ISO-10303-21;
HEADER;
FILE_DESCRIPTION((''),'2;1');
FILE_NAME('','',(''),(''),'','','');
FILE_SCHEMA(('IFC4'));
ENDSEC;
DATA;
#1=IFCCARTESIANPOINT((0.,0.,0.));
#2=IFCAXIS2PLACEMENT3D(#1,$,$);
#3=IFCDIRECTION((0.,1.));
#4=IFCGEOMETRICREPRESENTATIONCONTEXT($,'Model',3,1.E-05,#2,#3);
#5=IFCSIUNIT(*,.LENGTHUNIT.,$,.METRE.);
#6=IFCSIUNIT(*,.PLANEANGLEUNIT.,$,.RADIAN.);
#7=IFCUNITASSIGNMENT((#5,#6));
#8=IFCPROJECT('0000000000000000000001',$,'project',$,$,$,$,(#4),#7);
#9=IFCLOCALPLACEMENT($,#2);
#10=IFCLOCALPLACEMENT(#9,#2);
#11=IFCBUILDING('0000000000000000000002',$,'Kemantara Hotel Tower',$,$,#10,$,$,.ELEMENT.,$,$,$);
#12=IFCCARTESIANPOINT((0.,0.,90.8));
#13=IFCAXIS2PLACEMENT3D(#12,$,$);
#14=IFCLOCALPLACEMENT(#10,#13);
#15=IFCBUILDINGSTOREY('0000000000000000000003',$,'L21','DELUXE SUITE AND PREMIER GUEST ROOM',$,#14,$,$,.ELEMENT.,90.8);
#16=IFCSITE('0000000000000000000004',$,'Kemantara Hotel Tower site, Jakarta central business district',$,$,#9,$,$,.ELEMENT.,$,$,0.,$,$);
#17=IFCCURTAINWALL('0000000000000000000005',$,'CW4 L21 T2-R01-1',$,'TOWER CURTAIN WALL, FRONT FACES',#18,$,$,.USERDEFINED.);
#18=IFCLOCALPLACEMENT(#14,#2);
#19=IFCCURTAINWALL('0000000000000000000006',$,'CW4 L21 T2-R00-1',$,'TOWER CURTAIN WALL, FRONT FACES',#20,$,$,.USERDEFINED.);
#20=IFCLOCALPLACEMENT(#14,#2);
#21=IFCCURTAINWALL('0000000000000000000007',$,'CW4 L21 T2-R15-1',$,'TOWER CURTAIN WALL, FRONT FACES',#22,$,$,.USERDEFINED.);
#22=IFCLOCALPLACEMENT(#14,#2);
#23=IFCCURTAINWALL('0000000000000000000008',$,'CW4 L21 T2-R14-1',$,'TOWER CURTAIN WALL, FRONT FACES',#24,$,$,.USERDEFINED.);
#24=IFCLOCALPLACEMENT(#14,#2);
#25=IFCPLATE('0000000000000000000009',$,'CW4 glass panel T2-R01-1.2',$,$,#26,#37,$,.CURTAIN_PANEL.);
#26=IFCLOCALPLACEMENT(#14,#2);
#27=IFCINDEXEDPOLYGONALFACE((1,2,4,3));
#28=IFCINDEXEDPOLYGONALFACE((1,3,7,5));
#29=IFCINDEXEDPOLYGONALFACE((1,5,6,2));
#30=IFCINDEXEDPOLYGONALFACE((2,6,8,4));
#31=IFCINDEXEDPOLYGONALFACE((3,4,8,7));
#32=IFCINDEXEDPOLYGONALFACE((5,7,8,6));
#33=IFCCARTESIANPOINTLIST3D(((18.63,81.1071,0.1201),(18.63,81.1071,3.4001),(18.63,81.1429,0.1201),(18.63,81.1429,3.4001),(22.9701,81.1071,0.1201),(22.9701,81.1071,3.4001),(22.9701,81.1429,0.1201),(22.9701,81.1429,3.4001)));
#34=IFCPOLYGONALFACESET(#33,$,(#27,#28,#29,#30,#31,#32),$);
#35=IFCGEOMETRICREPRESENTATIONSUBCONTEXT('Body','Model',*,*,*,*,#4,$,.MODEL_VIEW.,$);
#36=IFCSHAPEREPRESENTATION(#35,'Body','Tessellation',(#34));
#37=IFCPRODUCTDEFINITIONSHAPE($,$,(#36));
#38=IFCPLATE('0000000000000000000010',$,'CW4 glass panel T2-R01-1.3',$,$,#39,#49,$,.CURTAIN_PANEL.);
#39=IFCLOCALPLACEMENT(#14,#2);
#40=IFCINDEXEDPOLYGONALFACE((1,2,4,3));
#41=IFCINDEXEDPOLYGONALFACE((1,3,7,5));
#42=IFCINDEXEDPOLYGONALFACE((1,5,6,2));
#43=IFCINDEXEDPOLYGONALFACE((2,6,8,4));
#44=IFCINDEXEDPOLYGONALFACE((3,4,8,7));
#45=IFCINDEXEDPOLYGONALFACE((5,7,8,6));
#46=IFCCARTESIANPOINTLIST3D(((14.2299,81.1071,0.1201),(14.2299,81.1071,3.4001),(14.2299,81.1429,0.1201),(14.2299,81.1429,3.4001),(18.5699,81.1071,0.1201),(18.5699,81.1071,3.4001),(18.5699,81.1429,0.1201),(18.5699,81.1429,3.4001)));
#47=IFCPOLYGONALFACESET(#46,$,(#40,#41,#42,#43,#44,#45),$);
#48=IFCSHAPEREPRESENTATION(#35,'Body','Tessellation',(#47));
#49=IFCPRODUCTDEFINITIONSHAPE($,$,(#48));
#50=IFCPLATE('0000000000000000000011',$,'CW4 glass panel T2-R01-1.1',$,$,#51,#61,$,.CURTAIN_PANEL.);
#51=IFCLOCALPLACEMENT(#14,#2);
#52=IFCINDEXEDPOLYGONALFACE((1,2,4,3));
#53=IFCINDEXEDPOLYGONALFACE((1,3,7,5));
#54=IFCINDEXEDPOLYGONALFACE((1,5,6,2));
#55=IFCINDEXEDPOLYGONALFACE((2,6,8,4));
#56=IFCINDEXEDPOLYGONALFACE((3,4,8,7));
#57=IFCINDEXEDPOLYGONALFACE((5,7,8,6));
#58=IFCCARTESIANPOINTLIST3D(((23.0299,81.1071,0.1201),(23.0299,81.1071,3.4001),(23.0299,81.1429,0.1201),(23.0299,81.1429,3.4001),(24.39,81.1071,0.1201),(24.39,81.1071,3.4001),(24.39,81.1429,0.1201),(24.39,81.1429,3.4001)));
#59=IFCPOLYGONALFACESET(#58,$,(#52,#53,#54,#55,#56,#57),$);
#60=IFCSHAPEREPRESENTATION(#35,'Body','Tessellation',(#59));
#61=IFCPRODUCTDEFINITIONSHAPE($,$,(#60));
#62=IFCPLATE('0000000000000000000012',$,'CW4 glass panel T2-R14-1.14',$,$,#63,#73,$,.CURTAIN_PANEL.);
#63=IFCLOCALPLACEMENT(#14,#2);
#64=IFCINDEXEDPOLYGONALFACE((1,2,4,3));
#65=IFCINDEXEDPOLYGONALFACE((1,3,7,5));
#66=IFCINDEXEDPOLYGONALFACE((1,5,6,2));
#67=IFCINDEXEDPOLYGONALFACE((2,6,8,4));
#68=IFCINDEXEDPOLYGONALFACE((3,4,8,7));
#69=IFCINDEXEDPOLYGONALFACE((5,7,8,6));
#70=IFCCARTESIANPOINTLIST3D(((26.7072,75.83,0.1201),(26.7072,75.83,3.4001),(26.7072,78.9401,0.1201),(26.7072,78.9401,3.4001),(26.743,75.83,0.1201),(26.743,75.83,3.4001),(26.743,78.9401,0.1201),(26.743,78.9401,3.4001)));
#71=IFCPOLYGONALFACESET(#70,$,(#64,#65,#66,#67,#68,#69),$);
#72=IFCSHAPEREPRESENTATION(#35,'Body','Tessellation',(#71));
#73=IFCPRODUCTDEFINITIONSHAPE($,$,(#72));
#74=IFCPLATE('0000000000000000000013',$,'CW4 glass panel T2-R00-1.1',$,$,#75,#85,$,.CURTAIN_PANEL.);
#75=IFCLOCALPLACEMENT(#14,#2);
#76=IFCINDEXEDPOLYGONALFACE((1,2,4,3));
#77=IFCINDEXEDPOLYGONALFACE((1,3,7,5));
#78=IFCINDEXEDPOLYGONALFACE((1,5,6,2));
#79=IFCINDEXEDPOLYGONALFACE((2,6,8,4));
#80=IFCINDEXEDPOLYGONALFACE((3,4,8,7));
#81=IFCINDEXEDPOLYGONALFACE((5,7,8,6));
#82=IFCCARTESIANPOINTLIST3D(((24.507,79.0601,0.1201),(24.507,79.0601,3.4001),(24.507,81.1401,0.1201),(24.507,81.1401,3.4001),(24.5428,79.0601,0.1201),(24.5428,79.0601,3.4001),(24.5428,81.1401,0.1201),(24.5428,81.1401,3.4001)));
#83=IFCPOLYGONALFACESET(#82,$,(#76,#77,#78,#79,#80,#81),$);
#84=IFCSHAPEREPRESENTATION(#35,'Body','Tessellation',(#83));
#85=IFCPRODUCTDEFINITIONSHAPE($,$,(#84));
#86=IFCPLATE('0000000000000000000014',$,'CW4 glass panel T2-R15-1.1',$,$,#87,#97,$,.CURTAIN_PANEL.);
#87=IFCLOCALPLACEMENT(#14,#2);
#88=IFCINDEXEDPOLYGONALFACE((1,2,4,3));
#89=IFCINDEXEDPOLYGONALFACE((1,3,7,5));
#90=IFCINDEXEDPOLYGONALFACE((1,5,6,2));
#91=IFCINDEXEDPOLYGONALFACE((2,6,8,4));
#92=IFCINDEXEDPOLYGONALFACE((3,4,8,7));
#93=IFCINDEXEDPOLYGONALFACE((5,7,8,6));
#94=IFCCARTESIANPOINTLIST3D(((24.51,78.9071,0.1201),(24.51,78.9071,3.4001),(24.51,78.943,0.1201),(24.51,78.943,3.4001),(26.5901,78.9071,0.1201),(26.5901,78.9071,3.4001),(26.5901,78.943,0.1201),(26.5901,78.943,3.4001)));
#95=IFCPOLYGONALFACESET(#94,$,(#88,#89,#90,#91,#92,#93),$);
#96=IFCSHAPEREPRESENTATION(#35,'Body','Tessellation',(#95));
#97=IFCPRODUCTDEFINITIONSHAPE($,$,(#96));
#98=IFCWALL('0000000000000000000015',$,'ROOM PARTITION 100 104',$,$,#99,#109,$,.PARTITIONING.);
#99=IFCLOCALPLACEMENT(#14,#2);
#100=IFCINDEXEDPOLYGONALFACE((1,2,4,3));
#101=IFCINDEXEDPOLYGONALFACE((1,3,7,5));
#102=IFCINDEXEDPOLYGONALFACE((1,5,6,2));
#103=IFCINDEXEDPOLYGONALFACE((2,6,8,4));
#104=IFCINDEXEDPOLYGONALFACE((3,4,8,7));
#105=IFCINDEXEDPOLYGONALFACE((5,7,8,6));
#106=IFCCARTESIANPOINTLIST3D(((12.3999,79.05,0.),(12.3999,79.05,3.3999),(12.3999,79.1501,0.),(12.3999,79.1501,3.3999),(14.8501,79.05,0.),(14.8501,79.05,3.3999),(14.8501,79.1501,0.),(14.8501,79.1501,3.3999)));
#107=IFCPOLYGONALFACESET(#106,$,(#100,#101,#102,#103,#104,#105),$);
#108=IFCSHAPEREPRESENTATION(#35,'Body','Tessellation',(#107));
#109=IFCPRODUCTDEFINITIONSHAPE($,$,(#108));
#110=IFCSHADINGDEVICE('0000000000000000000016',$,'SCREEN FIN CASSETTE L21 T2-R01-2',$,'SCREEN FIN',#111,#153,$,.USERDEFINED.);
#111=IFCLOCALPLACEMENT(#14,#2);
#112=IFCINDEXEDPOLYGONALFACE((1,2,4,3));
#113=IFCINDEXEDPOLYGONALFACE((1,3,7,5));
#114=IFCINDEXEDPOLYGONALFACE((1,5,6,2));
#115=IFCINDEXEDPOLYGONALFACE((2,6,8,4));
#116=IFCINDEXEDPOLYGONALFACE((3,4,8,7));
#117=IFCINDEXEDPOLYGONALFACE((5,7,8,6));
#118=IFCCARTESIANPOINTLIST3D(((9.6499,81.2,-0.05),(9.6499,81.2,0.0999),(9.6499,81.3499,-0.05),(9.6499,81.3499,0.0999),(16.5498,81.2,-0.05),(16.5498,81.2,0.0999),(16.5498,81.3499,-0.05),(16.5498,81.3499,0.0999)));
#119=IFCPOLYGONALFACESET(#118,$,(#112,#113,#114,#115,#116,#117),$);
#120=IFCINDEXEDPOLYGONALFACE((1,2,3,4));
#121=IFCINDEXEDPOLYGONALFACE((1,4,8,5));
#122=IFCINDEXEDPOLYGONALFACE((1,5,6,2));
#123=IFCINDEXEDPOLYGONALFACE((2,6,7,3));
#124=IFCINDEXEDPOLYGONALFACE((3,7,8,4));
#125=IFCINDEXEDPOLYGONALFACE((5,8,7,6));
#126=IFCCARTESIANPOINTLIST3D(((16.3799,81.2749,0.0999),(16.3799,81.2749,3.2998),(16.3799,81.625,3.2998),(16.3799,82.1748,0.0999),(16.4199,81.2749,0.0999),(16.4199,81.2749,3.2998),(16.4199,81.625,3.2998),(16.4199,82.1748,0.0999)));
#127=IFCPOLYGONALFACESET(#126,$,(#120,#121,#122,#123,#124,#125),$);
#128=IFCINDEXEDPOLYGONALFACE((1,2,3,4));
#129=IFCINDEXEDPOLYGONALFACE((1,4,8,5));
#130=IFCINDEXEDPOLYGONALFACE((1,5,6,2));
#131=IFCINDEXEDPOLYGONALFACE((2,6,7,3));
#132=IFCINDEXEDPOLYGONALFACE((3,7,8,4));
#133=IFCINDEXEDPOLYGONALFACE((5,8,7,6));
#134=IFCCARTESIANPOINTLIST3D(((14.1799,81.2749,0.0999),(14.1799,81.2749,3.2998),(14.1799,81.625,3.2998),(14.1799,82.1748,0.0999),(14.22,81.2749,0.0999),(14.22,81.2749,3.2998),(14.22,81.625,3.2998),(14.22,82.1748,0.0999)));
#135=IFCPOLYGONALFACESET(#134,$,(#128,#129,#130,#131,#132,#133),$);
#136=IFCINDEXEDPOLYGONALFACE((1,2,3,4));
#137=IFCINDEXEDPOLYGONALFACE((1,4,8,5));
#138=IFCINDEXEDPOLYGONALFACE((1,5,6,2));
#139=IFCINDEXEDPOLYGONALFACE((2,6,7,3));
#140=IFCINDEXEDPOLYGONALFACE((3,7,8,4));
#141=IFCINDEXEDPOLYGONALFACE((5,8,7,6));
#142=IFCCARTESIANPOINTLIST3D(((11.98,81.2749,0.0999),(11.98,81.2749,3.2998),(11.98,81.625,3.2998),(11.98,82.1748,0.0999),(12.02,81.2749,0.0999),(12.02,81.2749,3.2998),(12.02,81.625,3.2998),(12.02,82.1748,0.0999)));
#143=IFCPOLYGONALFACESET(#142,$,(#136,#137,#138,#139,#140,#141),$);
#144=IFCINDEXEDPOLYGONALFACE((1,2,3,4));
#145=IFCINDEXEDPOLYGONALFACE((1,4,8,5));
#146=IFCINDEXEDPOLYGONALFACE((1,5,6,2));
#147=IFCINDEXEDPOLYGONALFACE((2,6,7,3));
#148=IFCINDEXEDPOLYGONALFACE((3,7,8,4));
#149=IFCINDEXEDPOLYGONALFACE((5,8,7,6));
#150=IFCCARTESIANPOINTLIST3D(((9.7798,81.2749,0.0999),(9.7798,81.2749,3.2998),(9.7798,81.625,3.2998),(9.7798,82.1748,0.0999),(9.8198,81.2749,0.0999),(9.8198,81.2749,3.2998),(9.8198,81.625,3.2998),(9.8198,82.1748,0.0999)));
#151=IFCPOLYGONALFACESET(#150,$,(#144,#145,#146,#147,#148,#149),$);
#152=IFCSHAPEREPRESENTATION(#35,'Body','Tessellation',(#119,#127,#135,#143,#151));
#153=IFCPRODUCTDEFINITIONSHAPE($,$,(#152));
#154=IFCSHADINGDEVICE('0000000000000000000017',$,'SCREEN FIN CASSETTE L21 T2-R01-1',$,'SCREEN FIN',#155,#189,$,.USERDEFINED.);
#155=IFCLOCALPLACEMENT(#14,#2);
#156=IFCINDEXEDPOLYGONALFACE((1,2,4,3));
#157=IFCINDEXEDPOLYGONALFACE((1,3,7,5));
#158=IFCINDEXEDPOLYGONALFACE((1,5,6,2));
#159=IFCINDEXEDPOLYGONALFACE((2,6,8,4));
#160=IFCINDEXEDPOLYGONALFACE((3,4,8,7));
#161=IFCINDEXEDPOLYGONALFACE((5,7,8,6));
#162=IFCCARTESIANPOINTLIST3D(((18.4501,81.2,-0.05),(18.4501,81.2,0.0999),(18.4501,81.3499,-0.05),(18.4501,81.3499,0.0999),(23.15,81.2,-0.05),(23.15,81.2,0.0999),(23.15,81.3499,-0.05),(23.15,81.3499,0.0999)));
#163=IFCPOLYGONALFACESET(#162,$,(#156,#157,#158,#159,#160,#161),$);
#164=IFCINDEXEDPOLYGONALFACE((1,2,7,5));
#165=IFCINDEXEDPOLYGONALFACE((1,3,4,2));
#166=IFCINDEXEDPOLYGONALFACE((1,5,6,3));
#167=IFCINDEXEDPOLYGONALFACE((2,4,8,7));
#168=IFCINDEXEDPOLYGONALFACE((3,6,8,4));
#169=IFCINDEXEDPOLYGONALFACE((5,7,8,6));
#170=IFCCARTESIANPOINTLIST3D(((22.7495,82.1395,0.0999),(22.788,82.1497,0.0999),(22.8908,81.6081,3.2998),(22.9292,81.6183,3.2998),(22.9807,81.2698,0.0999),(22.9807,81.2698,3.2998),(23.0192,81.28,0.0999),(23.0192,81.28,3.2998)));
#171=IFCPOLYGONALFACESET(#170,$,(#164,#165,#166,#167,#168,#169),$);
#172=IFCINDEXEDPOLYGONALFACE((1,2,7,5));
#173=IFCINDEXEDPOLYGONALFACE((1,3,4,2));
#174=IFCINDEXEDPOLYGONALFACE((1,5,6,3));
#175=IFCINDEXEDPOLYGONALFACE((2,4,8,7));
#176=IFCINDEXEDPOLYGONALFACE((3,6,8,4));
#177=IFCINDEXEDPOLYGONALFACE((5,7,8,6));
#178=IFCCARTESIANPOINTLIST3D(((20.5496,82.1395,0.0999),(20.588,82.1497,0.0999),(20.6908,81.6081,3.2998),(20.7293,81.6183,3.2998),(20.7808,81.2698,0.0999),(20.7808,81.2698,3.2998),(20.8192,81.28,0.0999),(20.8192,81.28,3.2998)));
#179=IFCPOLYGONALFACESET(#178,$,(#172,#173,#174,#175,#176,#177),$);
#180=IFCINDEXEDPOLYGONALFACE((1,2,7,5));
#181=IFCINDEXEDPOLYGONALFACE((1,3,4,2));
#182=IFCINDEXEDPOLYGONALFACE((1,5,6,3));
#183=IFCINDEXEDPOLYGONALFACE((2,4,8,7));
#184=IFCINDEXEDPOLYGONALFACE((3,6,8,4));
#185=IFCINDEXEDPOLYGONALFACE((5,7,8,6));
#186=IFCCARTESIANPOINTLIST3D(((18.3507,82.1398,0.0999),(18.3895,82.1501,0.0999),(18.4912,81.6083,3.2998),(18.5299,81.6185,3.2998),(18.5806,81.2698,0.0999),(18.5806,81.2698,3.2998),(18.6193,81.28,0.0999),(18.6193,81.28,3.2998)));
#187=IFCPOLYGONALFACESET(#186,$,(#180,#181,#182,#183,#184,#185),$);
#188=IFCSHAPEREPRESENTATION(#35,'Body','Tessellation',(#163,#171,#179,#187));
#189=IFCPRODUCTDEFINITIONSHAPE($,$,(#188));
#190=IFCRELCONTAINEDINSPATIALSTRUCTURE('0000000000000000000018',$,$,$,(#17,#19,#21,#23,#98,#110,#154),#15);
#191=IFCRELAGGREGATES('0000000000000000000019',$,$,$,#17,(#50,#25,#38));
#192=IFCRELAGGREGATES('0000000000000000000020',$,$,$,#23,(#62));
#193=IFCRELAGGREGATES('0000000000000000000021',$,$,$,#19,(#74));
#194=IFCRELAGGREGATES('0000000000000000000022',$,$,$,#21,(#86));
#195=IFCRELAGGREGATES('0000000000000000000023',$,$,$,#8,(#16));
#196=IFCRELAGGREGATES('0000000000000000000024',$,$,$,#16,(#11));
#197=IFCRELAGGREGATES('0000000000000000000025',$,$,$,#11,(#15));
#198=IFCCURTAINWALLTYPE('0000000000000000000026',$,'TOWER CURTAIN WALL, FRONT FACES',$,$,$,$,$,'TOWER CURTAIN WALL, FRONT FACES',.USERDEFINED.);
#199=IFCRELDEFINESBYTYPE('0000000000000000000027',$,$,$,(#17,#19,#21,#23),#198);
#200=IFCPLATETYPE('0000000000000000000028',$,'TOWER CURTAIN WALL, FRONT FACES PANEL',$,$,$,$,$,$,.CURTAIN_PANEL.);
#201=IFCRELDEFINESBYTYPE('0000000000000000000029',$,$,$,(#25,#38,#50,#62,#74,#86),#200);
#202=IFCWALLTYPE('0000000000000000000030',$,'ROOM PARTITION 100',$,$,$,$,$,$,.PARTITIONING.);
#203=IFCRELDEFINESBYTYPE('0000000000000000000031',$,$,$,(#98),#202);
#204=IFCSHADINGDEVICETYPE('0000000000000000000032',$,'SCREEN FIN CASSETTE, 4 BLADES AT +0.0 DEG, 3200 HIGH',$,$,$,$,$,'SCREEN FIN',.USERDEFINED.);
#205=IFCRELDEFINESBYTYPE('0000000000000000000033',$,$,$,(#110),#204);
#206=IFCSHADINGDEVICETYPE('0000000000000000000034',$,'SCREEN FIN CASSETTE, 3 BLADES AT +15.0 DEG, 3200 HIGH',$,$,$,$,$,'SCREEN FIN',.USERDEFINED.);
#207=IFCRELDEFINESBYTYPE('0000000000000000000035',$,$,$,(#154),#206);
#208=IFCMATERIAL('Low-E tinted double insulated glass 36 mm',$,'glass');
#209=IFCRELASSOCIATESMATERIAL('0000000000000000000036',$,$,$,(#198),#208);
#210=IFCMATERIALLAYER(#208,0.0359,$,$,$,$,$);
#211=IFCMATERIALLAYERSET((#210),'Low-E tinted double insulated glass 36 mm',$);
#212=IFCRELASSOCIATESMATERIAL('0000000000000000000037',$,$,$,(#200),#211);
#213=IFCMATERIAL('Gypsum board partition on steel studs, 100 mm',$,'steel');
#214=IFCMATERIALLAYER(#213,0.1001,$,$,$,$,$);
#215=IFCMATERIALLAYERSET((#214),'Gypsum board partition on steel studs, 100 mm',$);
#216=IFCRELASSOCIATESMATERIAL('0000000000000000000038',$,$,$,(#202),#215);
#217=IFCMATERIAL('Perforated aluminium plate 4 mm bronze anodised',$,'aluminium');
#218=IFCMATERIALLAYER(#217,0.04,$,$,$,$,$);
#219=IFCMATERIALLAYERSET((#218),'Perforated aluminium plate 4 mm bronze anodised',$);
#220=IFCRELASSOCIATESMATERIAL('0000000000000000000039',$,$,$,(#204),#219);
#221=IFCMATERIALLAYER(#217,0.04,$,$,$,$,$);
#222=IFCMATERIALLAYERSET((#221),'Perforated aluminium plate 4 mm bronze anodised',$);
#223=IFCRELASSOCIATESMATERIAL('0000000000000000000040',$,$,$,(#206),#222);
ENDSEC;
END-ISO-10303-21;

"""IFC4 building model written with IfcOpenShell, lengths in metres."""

from ifc_helpers import new_model, si_unit, direction, frame, frame_2d, origin, origin_2d, place, context, subcontext, project, spatial, polyline, rectangle, outline, extrude, source, transform, mapped, material, layer, layer_set, type_object, element, aggregate, save


model = new_model("IFC4")

# Units and contexts
model_context = context("Model", 3, precision=1e-05, world=origin(), true_north=direction((0.0, 1.0)))
body_context = subcontext(model_context, "Body", "Model", "MODEL_VIEW")
ifc_project = project(units=[si_unit("LENGTHUNIT", "METRE"), si_unit("PLANEANGLEUNIT", "RADIAN")], contexts=[model_context])

# Site, building, storey
site_placement = place(None, origin())
site = spatial("IfcSite", under=ifc_project, at=site_placement, Name="Kemantara Hotel Tower site, Jakarta central business district", CompositionType="ELEMENT", RefElevation=0.0)
building_placement = place(site_placement, origin())
building = spatial("IfcBuilding", under=site, at=building_placement, Name="Kemantara Hotel Tower", CompositionType="ELEMENT")
storey_placement = place(building_placement, frame((0.0, 0.0, 90.8)))
storey = spatial("IfcBuildingStorey", under=building, at=storey_placement, Name="L21", Description="DELUXE SUITE AND PREMIER GUEST ROOM", CompositionType="ELEMENT", Elevation=90.8)

# Curtain walls
ifc_material_1 = material(Name="Low-E tinted double insulated glass 36 mm", Category="glass")
curtain_wall_type = type_object("IfcCurtainWallType", Name="TOWER CURTAIN WALL, FRONT FACES", ElementType="TOWER CURTAIN WALL, FRONT FACES", PredefinedType="USERDEFINED", material=ifc_material_1)
curtain_wall_1_placement = place(storey_placement, origin())
curtain_wall_1 = element("IfcCurtainWall", 1, at=curtain_wall_1_placement, inside=storey, type_object=curtain_wall_type, Name="CW4 L21 T2-R01-1", ObjectType="TOWER CURTAIN WALL, FRONT FACES", PredefinedType="USERDEFINED")
curtain_wall_2_placement = place(storey_placement, origin())
curtain_wall_2 = element("IfcCurtainWall", 2, at=curtain_wall_2_placement, inside=storey, type_object=curtain_wall_type, Name="CW4 L21 T2-R00-1", ObjectType="TOWER CURTAIN WALL, FRONT FACES", PredefinedType="USERDEFINED")
curtain_wall_3_placement = place(storey_placement, origin())
curtain_wall_3 = element("IfcCurtainWall", 3, at=curtain_wall_3_placement, inside=storey, type_object=curtain_wall_type, Name="CW4 L21 T2-R15-1", ObjectType="TOWER CURTAIN WALL, FRONT FACES", PredefinedType="USERDEFINED")

# Curtain wall
curtain_wall_4_placement = place(storey_placement, origin())
curtain_wall_4 = element("IfcCurtainWall", 4, at=curtain_wall_4_placement, inside=storey, type_object=curtain_wall_type, Name="CW4 L21 T2-R14-1", ObjectType="TOWER CURTAIN WALL, FRONT FACES", PredefinedType="USERDEFINED")

# Plates
ifc_layer_1 = layer(ifc_material_1, 0.0359)
ifc_layer_set_1 = layer_set([ifc_layer_1], Name="Low-E tinted double insulated glass 36 mm")
plate_type = type_object("IfcPlateType", Name="TOWER CURTAIN WALL, FRONT FACES PANEL", PredefinedType="CURTAIN_PANEL", material=ifc_layer_set_1)
shared_shape_1 = source(origin(), body_context, "Body", "SweptSolid", [
    extrude(rectangle(XDim=4.3401, YDim=0.0359, at=origin_2d()), origin(), (0.0, 0.0, 1.0), 3.28),
])
plate_1_placement = place(storey_placement, frame((20.8, 81.125, 0.1201), z_axis=(0.0, 0.0, 1.0), x_axis=(-1.0, 0.0, 0.0)))
plate_1 = element("IfcPlate", 5, at=plate_1_placement, type_object=plate_type, Name="CW4 glass panel T2-R01-1.2", PredefinedType="CURTAIN_PANEL", context=body_context, shape_type="MappedRepresentation", body=[
    mapped(shared_shape_1, transform((0.0, 0.0, 0.0))),
])
plate_2_placement = place(storey_placement, frame((16.3999, 81.125, 0.1201), z_axis=(0.0, 0.0, 1.0), x_axis=(-1.0, 0.0, 0.0)))
plate_2 = element("IfcPlate", 6, at=plate_2_placement, type_object=plate_type, Name="CW4 glass panel T2-R01-1.3", PredefinedType="CURTAIN_PANEL", context=body_context, shape_type="MappedRepresentation", body=[
    mapped(shared_shape_1, transform((0.0, 0.0, 0.0))),
])
shared_shape_2 = source(origin(), body_context, "Body", "SweptSolid", [
    extrude(rectangle(XDim=1.3601, YDim=0.0359, at=origin_2d()), origin(), (0.0, 0.0, 1.0), 3.28),
])
plate_3_placement = place(storey_placement, frame((23.71, 81.125, 0.1201), z_axis=(0.0, 0.0, 1.0), x_axis=(-1.0, 0.0, 0.0)))
plate_3 = element("IfcPlate", 7, at=plate_3_placement, type_object=plate_type, Name="CW4 glass panel T2-R01-1.1", PredefinedType="CURTAIN_PANEL", context=body_context, shape_type="MappedRepresentation", body=[
    mapped(shared_shape_2, transform((0.0, 0.0, 0.0))),
])
aggregate(curtain_wall_1, [plate_3, plate_1, plate_2])
shared_shape_3 = source(origin(), body_context, "Body", "SweptSolid", [
    extrude(rectangle(XDim=3.1101, YDim=0.0359, at=origin_2d()), origin(), (0.0, 0.0, 1.0), 3.28),
])
plate_4_placement = place(storey_placement, frame((26.7251, 77.385, 0.1201), z_axis=(0.0, 0.0, 1.0), x_axis=(0.0, 1.0, 0.0)))
plate_4 = element("IfcPlate", 8, at=plate_4_placement, type_object=plate_type, Name="CW4 glass panel T2-R14-1.14", PredefinedType="CURTAIN_PANEL", context=body_context, shape_type="MappedRepresentation", body=[
    mapped(shared_shape_3, transform((0.0, 0.0, 0.0))),
])
aggregate(curtain_wall_4, [plate_4])
shared_shape_4 = source(origin(), body_context, "Body", "SweptSolid", [
    extrude(rectangle(XDim=2.0801, YDim=0.0359, at=origin_2d()), origin(), (0.0, 0.0, 1.0), 3.28),
])
plate_5_placement = place(storey_placement, frame((24.5249, 80.1001, 0.1201), z_axis=(0.0, 0.0, 1.0), x_axis=(0.0, 1.0, 0.0)))
plate_5 = element("IfcPlate", 9, at=plate_5_placement, type_object=plate_type, Name="CW4 glass panel T2-R00-1.1", PredefinedType="CURTAIN_PANEL", context=body_context, shape_type="MappedRepresentation", body=[
    mapped(shared_shape_4, transform((0.0, 0.0, 0.0))),
])
aggregate(curtain_wall_2, [plate_5])
plate_6_placement = place(storey_placement, frame((25.55, 78.925, 0.1201), z_axis=(0.0, 0.0, 1.0), x_axis=(-1.0, 0.0, 0.0)))
plate_6 = element("IfcPlate", 10, at=plate_6_placement, type_object=plate_type, Name="CW4 glass panel T2-R15-1.1", PredefinedType="CURTAIN_PANEL", context=body_context, shape_type="MappedRepresentation", body=[
    mapped(shared_shape_4, transform((0.0, 0.0, 0.0))),
])
aggregate(curtain_wall_3, [plate_6])

# Wall
ifc_material_2 = material(Name="Gypsum board partition on steel studs, 100 mm", Category="steel")
ifc_layer_2 = layer(ifc_material_2, 0.1001)
ifc_layer_set_2 = layer_set([ifc_layer_2], Name="Gypsum board partition on steel studs, 100 mm")
wall_type = type_object("IfcWallType", Name="ROOM PARTITION 100", PredefinedType="PARTITIONING", material=ifc_layer_set_2)
wall_placement = place(storey_placement, frame((12.3999, 79.1001, 0.0), z_axis=(0.0, 0.0, 1.0), x_axis=(1.0, 0.0, 0.0)))
element("IfcWall", 11, at=wall_placement, inside=storey, type_object=wall_type, Name="ROOM PARTITION 100 104", PredefinedType="PARTITIONING", context=body_context, shape_type="SweptSolid", body=[
    extrude(rectangle(XDim=2.4502, YDim=0.1001, at=frame_2d((1.2251, 0.0))), origin(), (0.0, 0.0, 1.0), 3.3999),
])

# Shading devices
ifc_material_3 = material(Name="Perforated aluminium plate 4 mm bronze anodised", Category="aluminium")
ifc_layer_3 = layer(ifc_material_3, 0.04)
ifc_layer_set_3 = layer_set([ifc_layer_3], Name="Perforated aluminium plate 4 mm bronze anodised")
shading_device_type_1 = type_object("IfcShadingDeviceType", Name="SCREEN FIN CASSETTE, 4 BLADES AT +0.0 DEG, 3200 HIGH", ElementType="SCREEN FIN", PredefinedType="USERDEFINED", material=ifc_layer_set_3)
shared_shape_5 = source(origin(), body_context, "Body", "SweptSolid", [
    extrude(rectangle(XDim=6.8999, YDim=0.1499, at=origin_2d()), frame((3.3, -0.075, -0.1499), z_axis=(0.0, 0.0, 1.0), x_axis=(1.0, 0.0, 0.0)), (0.0, 0.0, 1.0), 0.1499),
    extrude(outline(polyline([(0.0, 0.0), (0.8999, 0.0), (0.3501, 3.2), (0.0, 3.2), (0.0, 0.0)])), frame((0.02, -0.075, 0.0), z_axis=(-1.0, 0.0, 0.0), x_axis=(0.0, -1.0, 0.0)), (0.0, 0.0, 1.0), 0.04),
    extrude(outline(polyline([(0.0, 0.0), (0.8999, 0.0), (0.3501, 3.2), (0.0, 3.2), (0.0, 0.0)])), frame((2.22, -0.075, 0.0), z_axis=(-1.0, 0.0, 0.0), x_axis=(0.0, -1.0, 0.0)), (0.0, 0.0, 1.0), 0.04),
    extrude(outline(polyline([(0.0, 0.0), (0.8999, 0.0), (0.3501, 3.2), (0.0, 3.2), (0.0, 0.0)])), frame((4.4199, -0.075, 0.0), z_axis=(-1.0, 0.0, 0.0), x_axis=(0.0, -1.0, 0.0)), (0.0, 0.0, 1.0), 0.04),
    extrude(outline(polyline([(0.0, 0.0), (0.8999, 0.0), (0.3501, 3.2), (0.0, 3.2), (0.0, 0.0)])), frame((6.6201, -0.075, 0.0), z_axis=(-1.0, 0.0, 0.0), x_axis=(0.0, -1.0, 0.0)), (0.0, 0.0, 1.0), 0.04),
])
shading_device_1_placement = place(storey_placement, frame((16.3999, 81.2, 0.0999), z_axis=(0.0, 0.0, 1.0), x_axis=(-1.0, 0.0, 0.0)))
element("IfcShadingDevice", 12, at=shading_device_1_placement, inside=storey, type_object=shading_device_type_1, Name="SCREEN FIN CASSETTE L21 T2-R01-2", ObjectType="SCREEN FIN", PredefinedType="USERDEFINED", context=body_context, shape_type="MappedRepresentation", body=[
    mapped(shared_shape_5, transform((0.0, 0.0, 0.0))),
])
ifc_layer_4 = layer(ifc_material_3, 0.04)
ifc_layer_set_4 = layer_set([ifc_layer_4], Name="Perforated aluminium plate 4 mm bronze anodised")
shading_device_type_2 = type_object("IfcShadingDeviceType", Name="SCREEN FIN CASSETTE, 3 BLADES AT +15.0 DEG, 3200 HIGH", ElementType="SCREEN FIN", PredefinedType="USERDEFINED", material=ifc_layer_set_4)
shared_shape_6 = source(origin(), body_context, "Body", "SweptSolid", [
    extrude(rectangle(XDim=4.7, YDim=0.1499, at=origin_2d()), frame((2.2, -0.075, -0.1499), z_axis=(0.0, 0.0, 1.0), x_axis=(1.0, 0.0, 0.0)), (0.0, 0.0, 1.0), 0.1499),
    extrude(outline(polyline([(0.0, 0.0), (0.8999, 0.0), (0.3501, 3.2), (0.0, 3.2), (0.0, 0.0)])), frame((0.0193, -0.0698, 0.0), z_axis=(-0.966438, -0.256901, 0.0), x_axis=(0.256901, -0.966438, 0.0)), (0.0, 0.0, 1.0), 0.0398),
    extrude(outline(polyline([(0.0, 0.0), (0.8999, 0.0), (0.3501, 3.2), (0.0, 3.2), (0.0, 0.0)])), frame((2.2192, -0.0698, 0.0), z_axis=(-0.966438, -0.256901, 0.0), x_axis=(0.256901, -0.966438, 0.0)), (0.0, 0.0, 1.0), 0.0398),
    extrude(outline(polyline([(0.0, 0.0), (0.8999, 0.0), (0.3501, 3.2), (0.0, 3.2), (0.0, 0.0)])), frame((4.4194, -0.0698, 0.0), z_axis=(-0.966838, -0.255391, 0.0), x_axis=(0.255391, -0.966838, 0.0)), (0.0, 0.0, 1.0), 0.04),
])
shading_device_2_placement = place(storey_placement, frame((23.0, 81.2, 0.0999), z_axis=(0.0, 0.0, 1.0), x_axis=(-1.0, 0.0, 0.0)))
element("IfcShadingDevice", 13, at=shading_device_2_placement, inside=storey, type_object=shading_device_type_2, Name="SCREEN FIN CASSETTE L21 T2-R01-1", ObjectType="SCREEN FIN", PredefinedType="USERDEFINED", context=body_context, shape_type="MappedRepresentation", body=[
    mapped(shared_shape_6, transform((0.0, 0.0, 0.0))),
])

save(model, "model.ifc")
